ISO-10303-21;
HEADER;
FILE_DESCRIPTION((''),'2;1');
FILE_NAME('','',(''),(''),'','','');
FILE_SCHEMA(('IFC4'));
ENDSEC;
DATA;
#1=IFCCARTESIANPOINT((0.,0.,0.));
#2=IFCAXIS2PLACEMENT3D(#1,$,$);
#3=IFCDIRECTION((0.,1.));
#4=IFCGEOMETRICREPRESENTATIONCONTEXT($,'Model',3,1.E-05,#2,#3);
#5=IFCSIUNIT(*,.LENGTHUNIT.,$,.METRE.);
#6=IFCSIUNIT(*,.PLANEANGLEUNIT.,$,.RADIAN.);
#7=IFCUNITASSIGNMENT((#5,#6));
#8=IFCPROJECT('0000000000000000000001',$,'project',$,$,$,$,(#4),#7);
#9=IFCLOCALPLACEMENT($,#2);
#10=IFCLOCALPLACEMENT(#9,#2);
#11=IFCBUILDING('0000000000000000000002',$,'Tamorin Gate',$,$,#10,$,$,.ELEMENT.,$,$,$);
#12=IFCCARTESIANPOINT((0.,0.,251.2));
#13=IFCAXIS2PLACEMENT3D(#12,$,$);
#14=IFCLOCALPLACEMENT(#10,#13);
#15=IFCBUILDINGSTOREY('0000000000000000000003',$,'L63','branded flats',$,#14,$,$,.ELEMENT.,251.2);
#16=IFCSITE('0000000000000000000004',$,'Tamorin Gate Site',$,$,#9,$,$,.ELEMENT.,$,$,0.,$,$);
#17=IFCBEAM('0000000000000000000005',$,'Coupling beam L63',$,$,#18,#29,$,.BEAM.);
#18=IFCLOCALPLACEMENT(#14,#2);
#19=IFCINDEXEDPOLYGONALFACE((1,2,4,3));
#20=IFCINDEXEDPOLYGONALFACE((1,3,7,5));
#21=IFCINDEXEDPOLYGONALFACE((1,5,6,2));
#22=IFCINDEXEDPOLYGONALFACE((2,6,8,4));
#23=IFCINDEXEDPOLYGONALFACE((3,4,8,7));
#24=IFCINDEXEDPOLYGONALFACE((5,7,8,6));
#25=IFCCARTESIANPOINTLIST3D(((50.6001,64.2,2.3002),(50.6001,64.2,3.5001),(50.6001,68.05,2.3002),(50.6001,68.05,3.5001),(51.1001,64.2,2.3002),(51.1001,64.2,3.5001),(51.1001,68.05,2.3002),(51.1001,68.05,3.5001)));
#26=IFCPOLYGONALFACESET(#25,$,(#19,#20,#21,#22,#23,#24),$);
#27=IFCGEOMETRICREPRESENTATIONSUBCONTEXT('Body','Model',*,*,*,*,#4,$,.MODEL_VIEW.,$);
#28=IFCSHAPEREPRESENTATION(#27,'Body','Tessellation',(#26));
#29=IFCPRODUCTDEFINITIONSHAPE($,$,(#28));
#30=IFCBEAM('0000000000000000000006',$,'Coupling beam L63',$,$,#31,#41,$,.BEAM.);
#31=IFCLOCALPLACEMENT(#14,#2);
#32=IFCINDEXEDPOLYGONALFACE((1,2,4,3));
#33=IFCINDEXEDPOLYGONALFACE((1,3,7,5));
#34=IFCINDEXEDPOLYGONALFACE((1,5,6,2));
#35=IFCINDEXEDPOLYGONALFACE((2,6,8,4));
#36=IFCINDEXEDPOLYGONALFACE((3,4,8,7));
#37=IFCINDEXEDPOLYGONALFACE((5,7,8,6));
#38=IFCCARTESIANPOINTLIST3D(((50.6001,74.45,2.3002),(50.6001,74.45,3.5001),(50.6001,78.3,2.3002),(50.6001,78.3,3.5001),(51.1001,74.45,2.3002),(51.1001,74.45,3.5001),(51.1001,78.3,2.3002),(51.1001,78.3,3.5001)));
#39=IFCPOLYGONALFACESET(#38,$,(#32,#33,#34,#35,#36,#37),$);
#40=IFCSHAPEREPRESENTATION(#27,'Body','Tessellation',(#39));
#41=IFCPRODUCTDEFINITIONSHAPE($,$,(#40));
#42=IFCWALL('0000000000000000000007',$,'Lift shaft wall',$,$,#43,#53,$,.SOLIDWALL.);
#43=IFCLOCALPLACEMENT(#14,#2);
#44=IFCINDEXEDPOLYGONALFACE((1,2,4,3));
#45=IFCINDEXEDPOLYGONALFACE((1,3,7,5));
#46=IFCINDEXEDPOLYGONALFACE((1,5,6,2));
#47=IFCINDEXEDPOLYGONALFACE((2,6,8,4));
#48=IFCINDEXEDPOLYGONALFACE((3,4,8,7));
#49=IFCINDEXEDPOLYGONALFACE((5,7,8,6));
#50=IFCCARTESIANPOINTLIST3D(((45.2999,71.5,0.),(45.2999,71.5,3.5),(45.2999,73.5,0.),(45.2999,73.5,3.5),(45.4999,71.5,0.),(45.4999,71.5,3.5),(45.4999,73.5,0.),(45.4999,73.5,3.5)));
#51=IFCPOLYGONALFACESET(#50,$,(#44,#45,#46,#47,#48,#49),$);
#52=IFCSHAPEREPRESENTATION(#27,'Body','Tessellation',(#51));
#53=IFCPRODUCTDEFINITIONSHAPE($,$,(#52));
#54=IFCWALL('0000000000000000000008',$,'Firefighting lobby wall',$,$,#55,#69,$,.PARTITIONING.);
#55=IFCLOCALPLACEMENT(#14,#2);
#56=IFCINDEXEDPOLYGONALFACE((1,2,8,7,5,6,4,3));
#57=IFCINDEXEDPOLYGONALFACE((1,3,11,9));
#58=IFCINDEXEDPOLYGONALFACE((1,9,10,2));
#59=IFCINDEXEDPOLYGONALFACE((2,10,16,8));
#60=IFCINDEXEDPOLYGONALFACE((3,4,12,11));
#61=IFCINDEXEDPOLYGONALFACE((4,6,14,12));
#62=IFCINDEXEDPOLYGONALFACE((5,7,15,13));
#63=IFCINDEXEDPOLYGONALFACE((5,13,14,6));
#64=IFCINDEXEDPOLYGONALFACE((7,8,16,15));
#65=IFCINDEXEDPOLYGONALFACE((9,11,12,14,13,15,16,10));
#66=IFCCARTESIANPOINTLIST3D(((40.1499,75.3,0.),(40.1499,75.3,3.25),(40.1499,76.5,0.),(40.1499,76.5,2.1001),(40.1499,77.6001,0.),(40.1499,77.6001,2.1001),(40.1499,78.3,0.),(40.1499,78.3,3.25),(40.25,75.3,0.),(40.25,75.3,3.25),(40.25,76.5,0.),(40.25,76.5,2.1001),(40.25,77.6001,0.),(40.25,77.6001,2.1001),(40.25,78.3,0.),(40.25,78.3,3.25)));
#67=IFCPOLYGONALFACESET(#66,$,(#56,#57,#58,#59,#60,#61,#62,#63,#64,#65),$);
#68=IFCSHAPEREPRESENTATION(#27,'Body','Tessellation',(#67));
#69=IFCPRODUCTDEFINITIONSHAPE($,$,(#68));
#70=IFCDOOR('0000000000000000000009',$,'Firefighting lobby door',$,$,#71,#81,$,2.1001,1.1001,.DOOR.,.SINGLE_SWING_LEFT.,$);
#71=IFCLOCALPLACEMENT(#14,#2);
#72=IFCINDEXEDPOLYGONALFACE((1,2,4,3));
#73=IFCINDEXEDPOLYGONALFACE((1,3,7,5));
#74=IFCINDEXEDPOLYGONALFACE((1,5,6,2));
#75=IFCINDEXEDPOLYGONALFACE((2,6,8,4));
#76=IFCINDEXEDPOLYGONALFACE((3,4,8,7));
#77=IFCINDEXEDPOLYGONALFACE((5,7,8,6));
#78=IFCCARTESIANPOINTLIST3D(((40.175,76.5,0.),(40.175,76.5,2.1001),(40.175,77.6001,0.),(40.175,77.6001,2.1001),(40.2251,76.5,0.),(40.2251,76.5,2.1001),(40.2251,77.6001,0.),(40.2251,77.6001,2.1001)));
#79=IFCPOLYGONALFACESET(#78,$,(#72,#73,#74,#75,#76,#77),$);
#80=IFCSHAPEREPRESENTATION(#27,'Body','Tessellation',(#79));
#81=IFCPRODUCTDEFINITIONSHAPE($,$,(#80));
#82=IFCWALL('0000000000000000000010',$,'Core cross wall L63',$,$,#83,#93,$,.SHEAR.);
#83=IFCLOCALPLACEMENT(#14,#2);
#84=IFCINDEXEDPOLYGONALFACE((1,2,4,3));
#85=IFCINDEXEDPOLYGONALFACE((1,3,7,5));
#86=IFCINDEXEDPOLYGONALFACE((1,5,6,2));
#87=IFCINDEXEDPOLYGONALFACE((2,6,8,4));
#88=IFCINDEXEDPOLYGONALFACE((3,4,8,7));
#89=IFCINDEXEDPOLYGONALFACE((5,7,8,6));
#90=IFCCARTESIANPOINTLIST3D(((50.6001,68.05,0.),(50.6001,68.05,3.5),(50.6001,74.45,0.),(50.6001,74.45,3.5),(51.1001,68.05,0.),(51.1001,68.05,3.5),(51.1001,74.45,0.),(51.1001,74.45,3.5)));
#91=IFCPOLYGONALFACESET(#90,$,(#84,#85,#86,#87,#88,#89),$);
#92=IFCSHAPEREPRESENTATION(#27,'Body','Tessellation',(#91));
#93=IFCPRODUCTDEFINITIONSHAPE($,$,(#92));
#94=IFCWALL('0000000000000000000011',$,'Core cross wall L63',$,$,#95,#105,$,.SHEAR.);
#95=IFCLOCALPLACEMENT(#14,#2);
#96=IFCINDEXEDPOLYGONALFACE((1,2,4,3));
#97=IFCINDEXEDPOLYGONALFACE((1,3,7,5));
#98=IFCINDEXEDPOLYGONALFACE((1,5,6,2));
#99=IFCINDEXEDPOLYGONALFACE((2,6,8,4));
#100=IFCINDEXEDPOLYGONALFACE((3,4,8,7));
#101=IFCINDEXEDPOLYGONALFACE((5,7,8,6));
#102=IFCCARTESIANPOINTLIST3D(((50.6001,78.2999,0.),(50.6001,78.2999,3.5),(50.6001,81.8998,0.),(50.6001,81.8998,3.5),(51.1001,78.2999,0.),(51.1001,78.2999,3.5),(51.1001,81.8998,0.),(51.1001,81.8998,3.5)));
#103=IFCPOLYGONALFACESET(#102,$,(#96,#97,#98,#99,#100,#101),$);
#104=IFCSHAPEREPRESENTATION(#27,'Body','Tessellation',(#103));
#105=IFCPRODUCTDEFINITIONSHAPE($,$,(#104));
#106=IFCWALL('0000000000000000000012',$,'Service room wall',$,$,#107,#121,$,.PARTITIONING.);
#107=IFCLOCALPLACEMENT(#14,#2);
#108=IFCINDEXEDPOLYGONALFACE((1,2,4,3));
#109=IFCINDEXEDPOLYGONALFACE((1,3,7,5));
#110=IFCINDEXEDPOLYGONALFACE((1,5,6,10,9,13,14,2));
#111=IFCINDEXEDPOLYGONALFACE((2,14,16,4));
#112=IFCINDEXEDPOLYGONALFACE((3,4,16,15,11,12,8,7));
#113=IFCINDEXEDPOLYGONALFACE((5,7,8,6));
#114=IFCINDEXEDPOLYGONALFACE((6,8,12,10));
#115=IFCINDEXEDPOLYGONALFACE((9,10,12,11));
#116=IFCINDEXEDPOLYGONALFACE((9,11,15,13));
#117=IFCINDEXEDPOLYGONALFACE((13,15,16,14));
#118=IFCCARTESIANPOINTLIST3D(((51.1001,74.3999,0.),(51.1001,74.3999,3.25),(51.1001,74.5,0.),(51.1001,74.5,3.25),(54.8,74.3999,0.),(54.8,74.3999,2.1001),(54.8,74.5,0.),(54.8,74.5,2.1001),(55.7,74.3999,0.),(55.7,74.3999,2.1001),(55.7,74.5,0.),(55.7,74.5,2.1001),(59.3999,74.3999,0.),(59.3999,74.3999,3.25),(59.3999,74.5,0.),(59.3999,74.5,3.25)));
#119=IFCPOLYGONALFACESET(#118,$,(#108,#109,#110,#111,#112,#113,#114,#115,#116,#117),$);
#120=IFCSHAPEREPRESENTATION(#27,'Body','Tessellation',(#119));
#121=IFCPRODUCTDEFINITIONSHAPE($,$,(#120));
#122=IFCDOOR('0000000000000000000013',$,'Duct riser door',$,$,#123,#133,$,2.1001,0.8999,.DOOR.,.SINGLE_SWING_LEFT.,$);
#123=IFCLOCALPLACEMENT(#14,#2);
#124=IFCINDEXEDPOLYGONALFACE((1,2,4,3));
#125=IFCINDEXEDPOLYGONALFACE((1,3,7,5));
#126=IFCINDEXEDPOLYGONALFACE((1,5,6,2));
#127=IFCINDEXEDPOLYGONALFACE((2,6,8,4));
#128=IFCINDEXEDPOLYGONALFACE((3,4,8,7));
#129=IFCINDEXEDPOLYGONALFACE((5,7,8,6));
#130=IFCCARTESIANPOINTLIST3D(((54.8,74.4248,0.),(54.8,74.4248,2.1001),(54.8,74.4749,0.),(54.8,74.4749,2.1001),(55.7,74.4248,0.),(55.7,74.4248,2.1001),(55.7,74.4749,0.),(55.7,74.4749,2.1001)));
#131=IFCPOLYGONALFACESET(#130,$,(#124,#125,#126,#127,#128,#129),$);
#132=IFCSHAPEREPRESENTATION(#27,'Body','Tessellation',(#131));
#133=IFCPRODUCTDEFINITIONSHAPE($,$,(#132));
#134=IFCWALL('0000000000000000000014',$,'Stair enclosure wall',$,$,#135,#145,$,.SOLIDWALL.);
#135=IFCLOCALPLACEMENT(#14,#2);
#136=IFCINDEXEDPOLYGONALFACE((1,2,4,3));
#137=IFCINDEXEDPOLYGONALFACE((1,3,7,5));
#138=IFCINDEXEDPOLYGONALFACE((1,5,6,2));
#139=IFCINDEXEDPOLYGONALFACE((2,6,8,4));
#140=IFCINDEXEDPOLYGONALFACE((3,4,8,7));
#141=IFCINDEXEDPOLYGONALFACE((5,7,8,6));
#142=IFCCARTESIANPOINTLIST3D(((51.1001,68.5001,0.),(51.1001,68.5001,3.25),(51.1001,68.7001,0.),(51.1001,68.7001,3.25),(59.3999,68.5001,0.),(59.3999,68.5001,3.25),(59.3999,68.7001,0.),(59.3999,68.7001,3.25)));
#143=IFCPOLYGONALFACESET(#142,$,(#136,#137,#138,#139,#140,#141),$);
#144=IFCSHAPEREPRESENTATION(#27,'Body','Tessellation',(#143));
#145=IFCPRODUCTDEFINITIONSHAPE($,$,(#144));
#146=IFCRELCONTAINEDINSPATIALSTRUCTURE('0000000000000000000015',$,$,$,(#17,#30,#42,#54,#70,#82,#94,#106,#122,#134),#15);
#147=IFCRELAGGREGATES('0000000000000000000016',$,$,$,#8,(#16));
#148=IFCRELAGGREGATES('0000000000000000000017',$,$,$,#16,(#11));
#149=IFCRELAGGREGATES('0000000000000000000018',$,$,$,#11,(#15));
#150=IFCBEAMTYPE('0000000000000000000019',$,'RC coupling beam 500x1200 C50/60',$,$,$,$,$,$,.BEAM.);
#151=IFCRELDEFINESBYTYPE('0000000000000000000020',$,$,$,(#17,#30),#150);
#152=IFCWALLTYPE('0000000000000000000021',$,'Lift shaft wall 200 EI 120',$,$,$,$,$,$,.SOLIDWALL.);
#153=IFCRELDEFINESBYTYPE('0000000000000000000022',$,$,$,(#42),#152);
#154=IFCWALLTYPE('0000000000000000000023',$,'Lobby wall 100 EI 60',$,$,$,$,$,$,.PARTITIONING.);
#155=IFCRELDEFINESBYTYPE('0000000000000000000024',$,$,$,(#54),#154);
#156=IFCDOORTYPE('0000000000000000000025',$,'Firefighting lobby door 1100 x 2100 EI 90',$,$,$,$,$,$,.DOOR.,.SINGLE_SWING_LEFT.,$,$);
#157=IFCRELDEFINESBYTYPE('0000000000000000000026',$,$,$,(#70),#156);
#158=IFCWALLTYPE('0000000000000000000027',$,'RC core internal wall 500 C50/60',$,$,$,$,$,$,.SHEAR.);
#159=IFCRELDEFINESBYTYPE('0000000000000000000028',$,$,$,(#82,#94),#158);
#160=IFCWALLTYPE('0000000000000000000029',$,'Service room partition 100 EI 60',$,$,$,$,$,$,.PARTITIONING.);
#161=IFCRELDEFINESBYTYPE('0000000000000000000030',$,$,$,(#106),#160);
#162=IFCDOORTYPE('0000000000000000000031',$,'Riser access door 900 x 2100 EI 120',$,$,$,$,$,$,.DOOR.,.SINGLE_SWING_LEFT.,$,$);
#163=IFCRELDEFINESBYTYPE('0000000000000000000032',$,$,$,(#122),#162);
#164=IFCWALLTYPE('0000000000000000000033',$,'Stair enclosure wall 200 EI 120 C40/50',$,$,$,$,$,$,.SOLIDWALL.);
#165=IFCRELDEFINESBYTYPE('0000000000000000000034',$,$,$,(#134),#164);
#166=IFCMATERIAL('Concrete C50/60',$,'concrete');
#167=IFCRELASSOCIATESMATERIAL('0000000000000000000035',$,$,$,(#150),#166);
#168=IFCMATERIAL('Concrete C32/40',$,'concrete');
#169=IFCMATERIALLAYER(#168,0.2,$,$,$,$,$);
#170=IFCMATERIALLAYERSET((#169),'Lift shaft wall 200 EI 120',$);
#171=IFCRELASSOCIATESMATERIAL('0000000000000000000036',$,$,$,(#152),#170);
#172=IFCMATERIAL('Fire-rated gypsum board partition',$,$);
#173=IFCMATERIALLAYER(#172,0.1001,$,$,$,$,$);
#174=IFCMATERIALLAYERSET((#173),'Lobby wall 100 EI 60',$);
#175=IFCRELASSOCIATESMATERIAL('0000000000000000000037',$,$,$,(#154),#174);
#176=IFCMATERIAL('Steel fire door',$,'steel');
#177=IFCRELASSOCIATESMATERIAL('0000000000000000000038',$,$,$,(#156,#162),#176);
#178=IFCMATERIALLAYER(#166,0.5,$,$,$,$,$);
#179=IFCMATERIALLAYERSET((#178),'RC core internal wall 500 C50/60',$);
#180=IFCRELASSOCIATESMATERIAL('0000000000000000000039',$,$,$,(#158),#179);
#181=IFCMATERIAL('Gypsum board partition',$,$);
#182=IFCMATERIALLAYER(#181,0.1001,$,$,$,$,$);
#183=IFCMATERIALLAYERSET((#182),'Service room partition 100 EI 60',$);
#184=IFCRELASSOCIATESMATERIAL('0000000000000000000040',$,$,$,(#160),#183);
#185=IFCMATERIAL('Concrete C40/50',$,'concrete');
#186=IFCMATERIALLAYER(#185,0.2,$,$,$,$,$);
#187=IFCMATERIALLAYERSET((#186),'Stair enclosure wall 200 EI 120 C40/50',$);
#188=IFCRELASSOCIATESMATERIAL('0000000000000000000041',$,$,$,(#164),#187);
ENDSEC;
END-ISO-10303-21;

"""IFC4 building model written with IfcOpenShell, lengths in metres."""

from ifc_helpers import new_model, si_unit, direction, frame, frame_2d, origin, origin_2d, place, context, subcontext, project, spatial, rectangle, extrude, material, layer, layer_set, material_profile, profile_set, type_object, element, fill, save


model = new_model("IFC4")

# Units and contexts
model_context = context("Model", 3, precision=1e-05, world=origin(), true_north=direction((0.0, 1.0)))
body_context = subcontext(model_context, "Body", "Model", "MODEL_VIEW")
ifc_project = project(units=[si_unit("LENGTHUNIT", "METRE"), si_unit("PLANEANGLEUNIT", "RADIAN")], contexts=[model_context])

# Site, building, storey
site_placement = place(None, origin())
site = spatial("IfcSite", under=ifc_project, at=site_placement, Name="Tamorin Gate Site", CompositionType="ELEMENT", RefElevation=0.0)
building_placement = place(site_placement, origin())
building = spatial("IfcBuilding", under=site, at=building_placement, Name="Tamorin Gate", CompositionType="ELEMENT")
storey_placement = place(building_placement, frame((0.0, 0.0, 251.2)))
storey = spatial("IfcBuildingStorey", under=building, at=storey_placement, Name="L63", Description="branded flats", CompositionType="ELEMENT", Elevation=251.2)

# Beams
ifc_material_1 = material(Name="Concrete C50/60", Category="concrete")
ifc_material_profile = material_profile(ifc_material_1, rectangle(XDim=0.5, YDim=1.2, at=origin_2d()), Name="RC 500x1200")
ifc_profile_set = profile_set([ifc_material_profile], Name="Concrete C50/60")
beam_type = type_object("IfcBeamType", Name="RC coupling beam 500x1200 C50/60", PredefinedType="BEAM", material=ifc_profile_set)
for number, where, z_axis, x_axis, name in (
    (1, (50.8501, 64.2, 2.9001), (0.0, 1.0, 0.0), (-1.0, 0.0, 0.0), "Coupling beam L63"),
    (2, (50.8501, 74.45, 2.9001), (0.0, 1.0, 0.0), (-1.0, 0.0, 0.0), "Coupling beam L63"),
):
    element("IfcBeam", number, at=place(storey_placement, frame(where, z_axis=z_axis, x_axis=x_axis)), inside=storey, type_object=beam_type, Name=name, PredefinedType="BEAM", context=body_context, shape_type="SweptSolid", body=[
        extrude(rectangle(XDim=0.5, YDim=1.2, at=origin_2d()), origin(), (0.0, 0.0, 1.0), 3.8501),
    ])

# Wall
ifc_material_2 = material(Name="Concrete C32/40", Category="concrete")
ifc_layer_1 = layer(ifc_material_2, 0.2)
ifc_layer_set_1 = layer_set([ifc_layer_1], Name="Lift shaft wall 200 EI 120")
wall_type_1 = type_object("IfcWallType", Name="Lift shaft wall 200 EI 120", PredefinedType="SOLIDWALL", material=ifc_layer_set_1)
wall_1_placement = place(storey_placement, frame((45.3999, 71.5, 0.0), z_axis=(0.0, 0.0, 1.0), x_axis=(0.0, 1.0, 0.0)))
element("IfcWall", 3, at=wall_1_placement, inside=storey, type_object=wall_type_1, Name="Lift shaft wall", PredefinedType="SOLIDWALL", context=body_context, shape_type="SweptSolid", body=[
    extrude(rectangle(XDim=2.0, YDim=0.2, at=frame_2d((1.0, 0.0))), origin(), (0.0, 0.0, 1.0), 3.5),
])

# Wall, opening, door
ifc_material_3 = material(Name="Fire-rated gypsum board partition")
ifc_layer_2 = layer(ifc_material_3, 0.1001)
ifc_layer_set_2 = layer_set([ifc_layer_2], Name="Lobby wall 100 EI 60")
wall_type_2 = type_object("IfcWallType", Name="Lobby wall 100 EI 60", PredefinedType="PARTITIONING", material=ifc_layer_set_2)
wall_2_placement = place(storey_placement, frame((40.2, 75.3, 0.0), z_axis=(0.0, 0.0, 1.0), x_axis=(0.0, 1.0, 0.0)))
wall_2 = element("IfcWall", 4, at=wall_2_placement, inside=storey, type_object=wall_type_2, Name="Firefighting lobby wall", PredefinedType="PARTITIONING", context=body_context, shape_type="SweptSolid", body=[
    extrude(rectangle(XDim=3.0, YDim=0.1001, at=frame_2d((1.5, 0.0))), origin(), (0.0, 0.0, 1.0), 3.25),
])
opening_1_placement = place(wall_2_placement, frame((1.2, 0.0, 0.0)))
opening_1 = element("IfcOpeningElement", 5, at=opening_1_placement, cuts=wall_2, PredefinedType="OPENING", context=body_context, shape_type="SweptSolid", body=[
    extrude(rectangle(XDim=1.1001, YDim=2.1001, at=frame_2d((0.55, 1.05))), frame((0.0, 0.0601, 0.0), z_axis=(0.0, -1.0, 0.0), x_axis=(1.0, 0.0, 0.0)), (0.0, 0.0, 1.0), 0.1201),
])
ifc_material_4 = material(Name="Steel fire door", Category="steel")
door_type_1 = type_object("IfcDoorType", Name="Firefighting lobby door 1100 x 2100 EI 90", OperationType="SINGLE_SWING_LEFT", PredefinedType="DOOR", material=ifc_material_4)
door_1_placement = place(opening_1_placement, origin())
door_1 = element("IfcDoor", 6, at=door_1_placement, inside=storey, type_object=door_type_1, Name="Firefighting lobby door", OperationType="SINGLE_SWING_LEFT", OverallHeight=2.1001, OverallWidth=1.1001, PredefinedType="DOOR", context=body_context, shape_type="SweptSolid", body=[
    extrude(rectangle(XDim=1.1001, YDim=2.1001, at=frame_2d((0.55, 1.05))), frame((0.0, 0.0249, 0.0), z_axis=(0.0, -1.0, 0.0), x_axis=(1.0, 0.0, 0.0)), (0.0, 0.0, 1.0), 0.05),
])
fill(opening_1, door_1)

# Walls
ifc_layer_3 = layer(ifc_material_1, 0.5)
ifc_layer_set_3 = layer_set([ifc_layer_3], Name="RC core internal wall 500 C50/60")
wall_type_3 = type_object("IfcWallType", Name="RC core internal wall 500 C50/60", PredefinedType="SHEAR", material=ifc_layer_set_3)
wall_3_placement = place(storey_placement, frame((50.8501, 68.05, 0.0), z_axis=(0.0, 0.0, 1.0), x_axis=(0.0, 1.0, 0.0)))
element("IfcWall", 7, at=wall_3_placement, inside=storey, type_object=wall_type_3, Name="Core cross wall L63", PredefinedType="SHEAR", context=body_context, shape_type="SweptSolid", body=[
    extrude(rectangle(XDim=6.3999, YDim=0.5, at=frame_2d((3.2, 0.0))), origin(), (0.0, 0.0, 1.0), 3.5),
])
wall_4_placement = place(storey_placement, frame((50.8501, 78.3, 0.0), z_axis=(0.0, 0.0, 1.0), x_axis=(0.0, 1.0, 0.0)))
element("IfcWall", 8, at=wall_4_placement, inside=storey, type_object=wall_type_3, Name="Core cross wall L63", PredefinedType="SHEAR", context=body_context, shape_type="SweptSolid", body=[
    extrude(rectangle(XDim=3.5999, YDim=0.5, at=frame_2d((1.7998, 0.0))), origin(), (0.0, 0.0, 1.0), 3.5),
])

# Wall, opening, door
ifc_material_5 = material(Name="Gypsum board partition")
ifc_layer_4 = layer(ifc_material_5, 0.1001)
ifc_layer_set_4 = layer_set([ifc_layer_4], Name="Service room partition 100 EI 60")
wall_type_4 = type_object("IfcWallType", Name="Service room partition 100 EI 60", PredefinedType="PARTITIONING", material=ifc_layer_set_4)
wall_5_placement = place(storey_placement, frame((51.1001, 74.45, 0.0), z_axis=(0.0, 0.0, 1.0), x_axis=(1.0, 0.0, 0.0)))
wall_5 = element("IfcWall", 9, at=wall_5_placement, inside=storey, type_object=wall_type_4, Name="Service room wall", PredefinedType="PARTITIONING", context=body_context, shape_type="SweptSolid", body=[
    extrude(rectangle(XDim=8.2998, YDim=0.1001, at=frame_2d((4.1499, 0.0))), origin(), (0.0, 0.0, 1.0), 3.25),
])
opening_2_placement = place(wall_5_placement, frame((3.7, 0.0, 0.0)))
opening_2 = element("IfcOpeningElement", 10, at=opening_2_placement, cuts=wall_5, PredefinedType="OPENING", context=body_context, shape_type="SweptSolid", body=[
    extrude(rectangle(XDim=0.8999, YDim=2.1001, at=frame_2d((0.45, 1.05))), frame((0.0, 0.0601, 0.0), z_axis=(0.0, -1.0, 0.0), x_axis=(1.0, 0.0, 0.0)), (0.0, 0.0, 1.0), 0.1201),
])
door_type_2 = type_object("IfcDoorType", Name="Riser access door 900 x 2100 EI 120", OperationType="SINGLE_SWING_LEFT", PredefinedType="DOOR", material=ifc_material_4)
door_2_placement = place(opening_2_placement, origin())
door_2 = element("IfcDoor", 11, at=door_2_placement, inside=storey, type_object=door_type_2, Name="Duct riser door", OperationType="SINGLE_SWING_LEFT", OverallHeight=2.1001, OverallWidth=0.8999, PredefinedType="DOOR", context=body_context, shape_type="SweptSolid", body=[
    extrude(rectangle(XDim=0.8999, YDim=2.1001, at=frame_2d((0.45, 1.05))), frame((0.0, 0.0249, 0.0), z_axis=(0.0, -1.0, 0.0), x_axis=(1.0, 0.0, 0.0)), (0.0, 0.0, 1.0), 0.05),
])
fill(opening_2, door_2)

# Wall
ifc_material_6 = material(Name="Concrete C40/50", Category="concrete")
ifc_layer_5 = layer(ifc_material_6, 0.2)
ifc_layer_set_5 = layer_set([ifc_layer_5], Name="Stair enclosure wall 200 EI 120 C40/50")
wall_type_5 = type_object("IfcWallType", Name="Stair enclosure wall 200 EI 120 C40/50", PredefinedType="SOLIDWALL", material=ifc_layer_set_5)
wall_6_placement = place(storey_placement, frame((51.1001, 68.6001, 0.0), z_axis=(0.0, 0.0, 1.0), x_axis=(1.0, 0.0, 0.0)))
element("IfcWall", 12, at=wall_6_placement, inside=storey, type_object=wall_type_5, Name="Stair enclosure wall", PredefinedType="SOLIDWALL", context=body_context, shape_type="SweptSolid", body=[
    extrude(rectangle(XDim=8.2998, YDim=0.2, at=frame_2d((4.1499, 0.0))), origin(), (0.0, 0.0, 1.0), 3.25),
])

save(model, "model.ifc")
